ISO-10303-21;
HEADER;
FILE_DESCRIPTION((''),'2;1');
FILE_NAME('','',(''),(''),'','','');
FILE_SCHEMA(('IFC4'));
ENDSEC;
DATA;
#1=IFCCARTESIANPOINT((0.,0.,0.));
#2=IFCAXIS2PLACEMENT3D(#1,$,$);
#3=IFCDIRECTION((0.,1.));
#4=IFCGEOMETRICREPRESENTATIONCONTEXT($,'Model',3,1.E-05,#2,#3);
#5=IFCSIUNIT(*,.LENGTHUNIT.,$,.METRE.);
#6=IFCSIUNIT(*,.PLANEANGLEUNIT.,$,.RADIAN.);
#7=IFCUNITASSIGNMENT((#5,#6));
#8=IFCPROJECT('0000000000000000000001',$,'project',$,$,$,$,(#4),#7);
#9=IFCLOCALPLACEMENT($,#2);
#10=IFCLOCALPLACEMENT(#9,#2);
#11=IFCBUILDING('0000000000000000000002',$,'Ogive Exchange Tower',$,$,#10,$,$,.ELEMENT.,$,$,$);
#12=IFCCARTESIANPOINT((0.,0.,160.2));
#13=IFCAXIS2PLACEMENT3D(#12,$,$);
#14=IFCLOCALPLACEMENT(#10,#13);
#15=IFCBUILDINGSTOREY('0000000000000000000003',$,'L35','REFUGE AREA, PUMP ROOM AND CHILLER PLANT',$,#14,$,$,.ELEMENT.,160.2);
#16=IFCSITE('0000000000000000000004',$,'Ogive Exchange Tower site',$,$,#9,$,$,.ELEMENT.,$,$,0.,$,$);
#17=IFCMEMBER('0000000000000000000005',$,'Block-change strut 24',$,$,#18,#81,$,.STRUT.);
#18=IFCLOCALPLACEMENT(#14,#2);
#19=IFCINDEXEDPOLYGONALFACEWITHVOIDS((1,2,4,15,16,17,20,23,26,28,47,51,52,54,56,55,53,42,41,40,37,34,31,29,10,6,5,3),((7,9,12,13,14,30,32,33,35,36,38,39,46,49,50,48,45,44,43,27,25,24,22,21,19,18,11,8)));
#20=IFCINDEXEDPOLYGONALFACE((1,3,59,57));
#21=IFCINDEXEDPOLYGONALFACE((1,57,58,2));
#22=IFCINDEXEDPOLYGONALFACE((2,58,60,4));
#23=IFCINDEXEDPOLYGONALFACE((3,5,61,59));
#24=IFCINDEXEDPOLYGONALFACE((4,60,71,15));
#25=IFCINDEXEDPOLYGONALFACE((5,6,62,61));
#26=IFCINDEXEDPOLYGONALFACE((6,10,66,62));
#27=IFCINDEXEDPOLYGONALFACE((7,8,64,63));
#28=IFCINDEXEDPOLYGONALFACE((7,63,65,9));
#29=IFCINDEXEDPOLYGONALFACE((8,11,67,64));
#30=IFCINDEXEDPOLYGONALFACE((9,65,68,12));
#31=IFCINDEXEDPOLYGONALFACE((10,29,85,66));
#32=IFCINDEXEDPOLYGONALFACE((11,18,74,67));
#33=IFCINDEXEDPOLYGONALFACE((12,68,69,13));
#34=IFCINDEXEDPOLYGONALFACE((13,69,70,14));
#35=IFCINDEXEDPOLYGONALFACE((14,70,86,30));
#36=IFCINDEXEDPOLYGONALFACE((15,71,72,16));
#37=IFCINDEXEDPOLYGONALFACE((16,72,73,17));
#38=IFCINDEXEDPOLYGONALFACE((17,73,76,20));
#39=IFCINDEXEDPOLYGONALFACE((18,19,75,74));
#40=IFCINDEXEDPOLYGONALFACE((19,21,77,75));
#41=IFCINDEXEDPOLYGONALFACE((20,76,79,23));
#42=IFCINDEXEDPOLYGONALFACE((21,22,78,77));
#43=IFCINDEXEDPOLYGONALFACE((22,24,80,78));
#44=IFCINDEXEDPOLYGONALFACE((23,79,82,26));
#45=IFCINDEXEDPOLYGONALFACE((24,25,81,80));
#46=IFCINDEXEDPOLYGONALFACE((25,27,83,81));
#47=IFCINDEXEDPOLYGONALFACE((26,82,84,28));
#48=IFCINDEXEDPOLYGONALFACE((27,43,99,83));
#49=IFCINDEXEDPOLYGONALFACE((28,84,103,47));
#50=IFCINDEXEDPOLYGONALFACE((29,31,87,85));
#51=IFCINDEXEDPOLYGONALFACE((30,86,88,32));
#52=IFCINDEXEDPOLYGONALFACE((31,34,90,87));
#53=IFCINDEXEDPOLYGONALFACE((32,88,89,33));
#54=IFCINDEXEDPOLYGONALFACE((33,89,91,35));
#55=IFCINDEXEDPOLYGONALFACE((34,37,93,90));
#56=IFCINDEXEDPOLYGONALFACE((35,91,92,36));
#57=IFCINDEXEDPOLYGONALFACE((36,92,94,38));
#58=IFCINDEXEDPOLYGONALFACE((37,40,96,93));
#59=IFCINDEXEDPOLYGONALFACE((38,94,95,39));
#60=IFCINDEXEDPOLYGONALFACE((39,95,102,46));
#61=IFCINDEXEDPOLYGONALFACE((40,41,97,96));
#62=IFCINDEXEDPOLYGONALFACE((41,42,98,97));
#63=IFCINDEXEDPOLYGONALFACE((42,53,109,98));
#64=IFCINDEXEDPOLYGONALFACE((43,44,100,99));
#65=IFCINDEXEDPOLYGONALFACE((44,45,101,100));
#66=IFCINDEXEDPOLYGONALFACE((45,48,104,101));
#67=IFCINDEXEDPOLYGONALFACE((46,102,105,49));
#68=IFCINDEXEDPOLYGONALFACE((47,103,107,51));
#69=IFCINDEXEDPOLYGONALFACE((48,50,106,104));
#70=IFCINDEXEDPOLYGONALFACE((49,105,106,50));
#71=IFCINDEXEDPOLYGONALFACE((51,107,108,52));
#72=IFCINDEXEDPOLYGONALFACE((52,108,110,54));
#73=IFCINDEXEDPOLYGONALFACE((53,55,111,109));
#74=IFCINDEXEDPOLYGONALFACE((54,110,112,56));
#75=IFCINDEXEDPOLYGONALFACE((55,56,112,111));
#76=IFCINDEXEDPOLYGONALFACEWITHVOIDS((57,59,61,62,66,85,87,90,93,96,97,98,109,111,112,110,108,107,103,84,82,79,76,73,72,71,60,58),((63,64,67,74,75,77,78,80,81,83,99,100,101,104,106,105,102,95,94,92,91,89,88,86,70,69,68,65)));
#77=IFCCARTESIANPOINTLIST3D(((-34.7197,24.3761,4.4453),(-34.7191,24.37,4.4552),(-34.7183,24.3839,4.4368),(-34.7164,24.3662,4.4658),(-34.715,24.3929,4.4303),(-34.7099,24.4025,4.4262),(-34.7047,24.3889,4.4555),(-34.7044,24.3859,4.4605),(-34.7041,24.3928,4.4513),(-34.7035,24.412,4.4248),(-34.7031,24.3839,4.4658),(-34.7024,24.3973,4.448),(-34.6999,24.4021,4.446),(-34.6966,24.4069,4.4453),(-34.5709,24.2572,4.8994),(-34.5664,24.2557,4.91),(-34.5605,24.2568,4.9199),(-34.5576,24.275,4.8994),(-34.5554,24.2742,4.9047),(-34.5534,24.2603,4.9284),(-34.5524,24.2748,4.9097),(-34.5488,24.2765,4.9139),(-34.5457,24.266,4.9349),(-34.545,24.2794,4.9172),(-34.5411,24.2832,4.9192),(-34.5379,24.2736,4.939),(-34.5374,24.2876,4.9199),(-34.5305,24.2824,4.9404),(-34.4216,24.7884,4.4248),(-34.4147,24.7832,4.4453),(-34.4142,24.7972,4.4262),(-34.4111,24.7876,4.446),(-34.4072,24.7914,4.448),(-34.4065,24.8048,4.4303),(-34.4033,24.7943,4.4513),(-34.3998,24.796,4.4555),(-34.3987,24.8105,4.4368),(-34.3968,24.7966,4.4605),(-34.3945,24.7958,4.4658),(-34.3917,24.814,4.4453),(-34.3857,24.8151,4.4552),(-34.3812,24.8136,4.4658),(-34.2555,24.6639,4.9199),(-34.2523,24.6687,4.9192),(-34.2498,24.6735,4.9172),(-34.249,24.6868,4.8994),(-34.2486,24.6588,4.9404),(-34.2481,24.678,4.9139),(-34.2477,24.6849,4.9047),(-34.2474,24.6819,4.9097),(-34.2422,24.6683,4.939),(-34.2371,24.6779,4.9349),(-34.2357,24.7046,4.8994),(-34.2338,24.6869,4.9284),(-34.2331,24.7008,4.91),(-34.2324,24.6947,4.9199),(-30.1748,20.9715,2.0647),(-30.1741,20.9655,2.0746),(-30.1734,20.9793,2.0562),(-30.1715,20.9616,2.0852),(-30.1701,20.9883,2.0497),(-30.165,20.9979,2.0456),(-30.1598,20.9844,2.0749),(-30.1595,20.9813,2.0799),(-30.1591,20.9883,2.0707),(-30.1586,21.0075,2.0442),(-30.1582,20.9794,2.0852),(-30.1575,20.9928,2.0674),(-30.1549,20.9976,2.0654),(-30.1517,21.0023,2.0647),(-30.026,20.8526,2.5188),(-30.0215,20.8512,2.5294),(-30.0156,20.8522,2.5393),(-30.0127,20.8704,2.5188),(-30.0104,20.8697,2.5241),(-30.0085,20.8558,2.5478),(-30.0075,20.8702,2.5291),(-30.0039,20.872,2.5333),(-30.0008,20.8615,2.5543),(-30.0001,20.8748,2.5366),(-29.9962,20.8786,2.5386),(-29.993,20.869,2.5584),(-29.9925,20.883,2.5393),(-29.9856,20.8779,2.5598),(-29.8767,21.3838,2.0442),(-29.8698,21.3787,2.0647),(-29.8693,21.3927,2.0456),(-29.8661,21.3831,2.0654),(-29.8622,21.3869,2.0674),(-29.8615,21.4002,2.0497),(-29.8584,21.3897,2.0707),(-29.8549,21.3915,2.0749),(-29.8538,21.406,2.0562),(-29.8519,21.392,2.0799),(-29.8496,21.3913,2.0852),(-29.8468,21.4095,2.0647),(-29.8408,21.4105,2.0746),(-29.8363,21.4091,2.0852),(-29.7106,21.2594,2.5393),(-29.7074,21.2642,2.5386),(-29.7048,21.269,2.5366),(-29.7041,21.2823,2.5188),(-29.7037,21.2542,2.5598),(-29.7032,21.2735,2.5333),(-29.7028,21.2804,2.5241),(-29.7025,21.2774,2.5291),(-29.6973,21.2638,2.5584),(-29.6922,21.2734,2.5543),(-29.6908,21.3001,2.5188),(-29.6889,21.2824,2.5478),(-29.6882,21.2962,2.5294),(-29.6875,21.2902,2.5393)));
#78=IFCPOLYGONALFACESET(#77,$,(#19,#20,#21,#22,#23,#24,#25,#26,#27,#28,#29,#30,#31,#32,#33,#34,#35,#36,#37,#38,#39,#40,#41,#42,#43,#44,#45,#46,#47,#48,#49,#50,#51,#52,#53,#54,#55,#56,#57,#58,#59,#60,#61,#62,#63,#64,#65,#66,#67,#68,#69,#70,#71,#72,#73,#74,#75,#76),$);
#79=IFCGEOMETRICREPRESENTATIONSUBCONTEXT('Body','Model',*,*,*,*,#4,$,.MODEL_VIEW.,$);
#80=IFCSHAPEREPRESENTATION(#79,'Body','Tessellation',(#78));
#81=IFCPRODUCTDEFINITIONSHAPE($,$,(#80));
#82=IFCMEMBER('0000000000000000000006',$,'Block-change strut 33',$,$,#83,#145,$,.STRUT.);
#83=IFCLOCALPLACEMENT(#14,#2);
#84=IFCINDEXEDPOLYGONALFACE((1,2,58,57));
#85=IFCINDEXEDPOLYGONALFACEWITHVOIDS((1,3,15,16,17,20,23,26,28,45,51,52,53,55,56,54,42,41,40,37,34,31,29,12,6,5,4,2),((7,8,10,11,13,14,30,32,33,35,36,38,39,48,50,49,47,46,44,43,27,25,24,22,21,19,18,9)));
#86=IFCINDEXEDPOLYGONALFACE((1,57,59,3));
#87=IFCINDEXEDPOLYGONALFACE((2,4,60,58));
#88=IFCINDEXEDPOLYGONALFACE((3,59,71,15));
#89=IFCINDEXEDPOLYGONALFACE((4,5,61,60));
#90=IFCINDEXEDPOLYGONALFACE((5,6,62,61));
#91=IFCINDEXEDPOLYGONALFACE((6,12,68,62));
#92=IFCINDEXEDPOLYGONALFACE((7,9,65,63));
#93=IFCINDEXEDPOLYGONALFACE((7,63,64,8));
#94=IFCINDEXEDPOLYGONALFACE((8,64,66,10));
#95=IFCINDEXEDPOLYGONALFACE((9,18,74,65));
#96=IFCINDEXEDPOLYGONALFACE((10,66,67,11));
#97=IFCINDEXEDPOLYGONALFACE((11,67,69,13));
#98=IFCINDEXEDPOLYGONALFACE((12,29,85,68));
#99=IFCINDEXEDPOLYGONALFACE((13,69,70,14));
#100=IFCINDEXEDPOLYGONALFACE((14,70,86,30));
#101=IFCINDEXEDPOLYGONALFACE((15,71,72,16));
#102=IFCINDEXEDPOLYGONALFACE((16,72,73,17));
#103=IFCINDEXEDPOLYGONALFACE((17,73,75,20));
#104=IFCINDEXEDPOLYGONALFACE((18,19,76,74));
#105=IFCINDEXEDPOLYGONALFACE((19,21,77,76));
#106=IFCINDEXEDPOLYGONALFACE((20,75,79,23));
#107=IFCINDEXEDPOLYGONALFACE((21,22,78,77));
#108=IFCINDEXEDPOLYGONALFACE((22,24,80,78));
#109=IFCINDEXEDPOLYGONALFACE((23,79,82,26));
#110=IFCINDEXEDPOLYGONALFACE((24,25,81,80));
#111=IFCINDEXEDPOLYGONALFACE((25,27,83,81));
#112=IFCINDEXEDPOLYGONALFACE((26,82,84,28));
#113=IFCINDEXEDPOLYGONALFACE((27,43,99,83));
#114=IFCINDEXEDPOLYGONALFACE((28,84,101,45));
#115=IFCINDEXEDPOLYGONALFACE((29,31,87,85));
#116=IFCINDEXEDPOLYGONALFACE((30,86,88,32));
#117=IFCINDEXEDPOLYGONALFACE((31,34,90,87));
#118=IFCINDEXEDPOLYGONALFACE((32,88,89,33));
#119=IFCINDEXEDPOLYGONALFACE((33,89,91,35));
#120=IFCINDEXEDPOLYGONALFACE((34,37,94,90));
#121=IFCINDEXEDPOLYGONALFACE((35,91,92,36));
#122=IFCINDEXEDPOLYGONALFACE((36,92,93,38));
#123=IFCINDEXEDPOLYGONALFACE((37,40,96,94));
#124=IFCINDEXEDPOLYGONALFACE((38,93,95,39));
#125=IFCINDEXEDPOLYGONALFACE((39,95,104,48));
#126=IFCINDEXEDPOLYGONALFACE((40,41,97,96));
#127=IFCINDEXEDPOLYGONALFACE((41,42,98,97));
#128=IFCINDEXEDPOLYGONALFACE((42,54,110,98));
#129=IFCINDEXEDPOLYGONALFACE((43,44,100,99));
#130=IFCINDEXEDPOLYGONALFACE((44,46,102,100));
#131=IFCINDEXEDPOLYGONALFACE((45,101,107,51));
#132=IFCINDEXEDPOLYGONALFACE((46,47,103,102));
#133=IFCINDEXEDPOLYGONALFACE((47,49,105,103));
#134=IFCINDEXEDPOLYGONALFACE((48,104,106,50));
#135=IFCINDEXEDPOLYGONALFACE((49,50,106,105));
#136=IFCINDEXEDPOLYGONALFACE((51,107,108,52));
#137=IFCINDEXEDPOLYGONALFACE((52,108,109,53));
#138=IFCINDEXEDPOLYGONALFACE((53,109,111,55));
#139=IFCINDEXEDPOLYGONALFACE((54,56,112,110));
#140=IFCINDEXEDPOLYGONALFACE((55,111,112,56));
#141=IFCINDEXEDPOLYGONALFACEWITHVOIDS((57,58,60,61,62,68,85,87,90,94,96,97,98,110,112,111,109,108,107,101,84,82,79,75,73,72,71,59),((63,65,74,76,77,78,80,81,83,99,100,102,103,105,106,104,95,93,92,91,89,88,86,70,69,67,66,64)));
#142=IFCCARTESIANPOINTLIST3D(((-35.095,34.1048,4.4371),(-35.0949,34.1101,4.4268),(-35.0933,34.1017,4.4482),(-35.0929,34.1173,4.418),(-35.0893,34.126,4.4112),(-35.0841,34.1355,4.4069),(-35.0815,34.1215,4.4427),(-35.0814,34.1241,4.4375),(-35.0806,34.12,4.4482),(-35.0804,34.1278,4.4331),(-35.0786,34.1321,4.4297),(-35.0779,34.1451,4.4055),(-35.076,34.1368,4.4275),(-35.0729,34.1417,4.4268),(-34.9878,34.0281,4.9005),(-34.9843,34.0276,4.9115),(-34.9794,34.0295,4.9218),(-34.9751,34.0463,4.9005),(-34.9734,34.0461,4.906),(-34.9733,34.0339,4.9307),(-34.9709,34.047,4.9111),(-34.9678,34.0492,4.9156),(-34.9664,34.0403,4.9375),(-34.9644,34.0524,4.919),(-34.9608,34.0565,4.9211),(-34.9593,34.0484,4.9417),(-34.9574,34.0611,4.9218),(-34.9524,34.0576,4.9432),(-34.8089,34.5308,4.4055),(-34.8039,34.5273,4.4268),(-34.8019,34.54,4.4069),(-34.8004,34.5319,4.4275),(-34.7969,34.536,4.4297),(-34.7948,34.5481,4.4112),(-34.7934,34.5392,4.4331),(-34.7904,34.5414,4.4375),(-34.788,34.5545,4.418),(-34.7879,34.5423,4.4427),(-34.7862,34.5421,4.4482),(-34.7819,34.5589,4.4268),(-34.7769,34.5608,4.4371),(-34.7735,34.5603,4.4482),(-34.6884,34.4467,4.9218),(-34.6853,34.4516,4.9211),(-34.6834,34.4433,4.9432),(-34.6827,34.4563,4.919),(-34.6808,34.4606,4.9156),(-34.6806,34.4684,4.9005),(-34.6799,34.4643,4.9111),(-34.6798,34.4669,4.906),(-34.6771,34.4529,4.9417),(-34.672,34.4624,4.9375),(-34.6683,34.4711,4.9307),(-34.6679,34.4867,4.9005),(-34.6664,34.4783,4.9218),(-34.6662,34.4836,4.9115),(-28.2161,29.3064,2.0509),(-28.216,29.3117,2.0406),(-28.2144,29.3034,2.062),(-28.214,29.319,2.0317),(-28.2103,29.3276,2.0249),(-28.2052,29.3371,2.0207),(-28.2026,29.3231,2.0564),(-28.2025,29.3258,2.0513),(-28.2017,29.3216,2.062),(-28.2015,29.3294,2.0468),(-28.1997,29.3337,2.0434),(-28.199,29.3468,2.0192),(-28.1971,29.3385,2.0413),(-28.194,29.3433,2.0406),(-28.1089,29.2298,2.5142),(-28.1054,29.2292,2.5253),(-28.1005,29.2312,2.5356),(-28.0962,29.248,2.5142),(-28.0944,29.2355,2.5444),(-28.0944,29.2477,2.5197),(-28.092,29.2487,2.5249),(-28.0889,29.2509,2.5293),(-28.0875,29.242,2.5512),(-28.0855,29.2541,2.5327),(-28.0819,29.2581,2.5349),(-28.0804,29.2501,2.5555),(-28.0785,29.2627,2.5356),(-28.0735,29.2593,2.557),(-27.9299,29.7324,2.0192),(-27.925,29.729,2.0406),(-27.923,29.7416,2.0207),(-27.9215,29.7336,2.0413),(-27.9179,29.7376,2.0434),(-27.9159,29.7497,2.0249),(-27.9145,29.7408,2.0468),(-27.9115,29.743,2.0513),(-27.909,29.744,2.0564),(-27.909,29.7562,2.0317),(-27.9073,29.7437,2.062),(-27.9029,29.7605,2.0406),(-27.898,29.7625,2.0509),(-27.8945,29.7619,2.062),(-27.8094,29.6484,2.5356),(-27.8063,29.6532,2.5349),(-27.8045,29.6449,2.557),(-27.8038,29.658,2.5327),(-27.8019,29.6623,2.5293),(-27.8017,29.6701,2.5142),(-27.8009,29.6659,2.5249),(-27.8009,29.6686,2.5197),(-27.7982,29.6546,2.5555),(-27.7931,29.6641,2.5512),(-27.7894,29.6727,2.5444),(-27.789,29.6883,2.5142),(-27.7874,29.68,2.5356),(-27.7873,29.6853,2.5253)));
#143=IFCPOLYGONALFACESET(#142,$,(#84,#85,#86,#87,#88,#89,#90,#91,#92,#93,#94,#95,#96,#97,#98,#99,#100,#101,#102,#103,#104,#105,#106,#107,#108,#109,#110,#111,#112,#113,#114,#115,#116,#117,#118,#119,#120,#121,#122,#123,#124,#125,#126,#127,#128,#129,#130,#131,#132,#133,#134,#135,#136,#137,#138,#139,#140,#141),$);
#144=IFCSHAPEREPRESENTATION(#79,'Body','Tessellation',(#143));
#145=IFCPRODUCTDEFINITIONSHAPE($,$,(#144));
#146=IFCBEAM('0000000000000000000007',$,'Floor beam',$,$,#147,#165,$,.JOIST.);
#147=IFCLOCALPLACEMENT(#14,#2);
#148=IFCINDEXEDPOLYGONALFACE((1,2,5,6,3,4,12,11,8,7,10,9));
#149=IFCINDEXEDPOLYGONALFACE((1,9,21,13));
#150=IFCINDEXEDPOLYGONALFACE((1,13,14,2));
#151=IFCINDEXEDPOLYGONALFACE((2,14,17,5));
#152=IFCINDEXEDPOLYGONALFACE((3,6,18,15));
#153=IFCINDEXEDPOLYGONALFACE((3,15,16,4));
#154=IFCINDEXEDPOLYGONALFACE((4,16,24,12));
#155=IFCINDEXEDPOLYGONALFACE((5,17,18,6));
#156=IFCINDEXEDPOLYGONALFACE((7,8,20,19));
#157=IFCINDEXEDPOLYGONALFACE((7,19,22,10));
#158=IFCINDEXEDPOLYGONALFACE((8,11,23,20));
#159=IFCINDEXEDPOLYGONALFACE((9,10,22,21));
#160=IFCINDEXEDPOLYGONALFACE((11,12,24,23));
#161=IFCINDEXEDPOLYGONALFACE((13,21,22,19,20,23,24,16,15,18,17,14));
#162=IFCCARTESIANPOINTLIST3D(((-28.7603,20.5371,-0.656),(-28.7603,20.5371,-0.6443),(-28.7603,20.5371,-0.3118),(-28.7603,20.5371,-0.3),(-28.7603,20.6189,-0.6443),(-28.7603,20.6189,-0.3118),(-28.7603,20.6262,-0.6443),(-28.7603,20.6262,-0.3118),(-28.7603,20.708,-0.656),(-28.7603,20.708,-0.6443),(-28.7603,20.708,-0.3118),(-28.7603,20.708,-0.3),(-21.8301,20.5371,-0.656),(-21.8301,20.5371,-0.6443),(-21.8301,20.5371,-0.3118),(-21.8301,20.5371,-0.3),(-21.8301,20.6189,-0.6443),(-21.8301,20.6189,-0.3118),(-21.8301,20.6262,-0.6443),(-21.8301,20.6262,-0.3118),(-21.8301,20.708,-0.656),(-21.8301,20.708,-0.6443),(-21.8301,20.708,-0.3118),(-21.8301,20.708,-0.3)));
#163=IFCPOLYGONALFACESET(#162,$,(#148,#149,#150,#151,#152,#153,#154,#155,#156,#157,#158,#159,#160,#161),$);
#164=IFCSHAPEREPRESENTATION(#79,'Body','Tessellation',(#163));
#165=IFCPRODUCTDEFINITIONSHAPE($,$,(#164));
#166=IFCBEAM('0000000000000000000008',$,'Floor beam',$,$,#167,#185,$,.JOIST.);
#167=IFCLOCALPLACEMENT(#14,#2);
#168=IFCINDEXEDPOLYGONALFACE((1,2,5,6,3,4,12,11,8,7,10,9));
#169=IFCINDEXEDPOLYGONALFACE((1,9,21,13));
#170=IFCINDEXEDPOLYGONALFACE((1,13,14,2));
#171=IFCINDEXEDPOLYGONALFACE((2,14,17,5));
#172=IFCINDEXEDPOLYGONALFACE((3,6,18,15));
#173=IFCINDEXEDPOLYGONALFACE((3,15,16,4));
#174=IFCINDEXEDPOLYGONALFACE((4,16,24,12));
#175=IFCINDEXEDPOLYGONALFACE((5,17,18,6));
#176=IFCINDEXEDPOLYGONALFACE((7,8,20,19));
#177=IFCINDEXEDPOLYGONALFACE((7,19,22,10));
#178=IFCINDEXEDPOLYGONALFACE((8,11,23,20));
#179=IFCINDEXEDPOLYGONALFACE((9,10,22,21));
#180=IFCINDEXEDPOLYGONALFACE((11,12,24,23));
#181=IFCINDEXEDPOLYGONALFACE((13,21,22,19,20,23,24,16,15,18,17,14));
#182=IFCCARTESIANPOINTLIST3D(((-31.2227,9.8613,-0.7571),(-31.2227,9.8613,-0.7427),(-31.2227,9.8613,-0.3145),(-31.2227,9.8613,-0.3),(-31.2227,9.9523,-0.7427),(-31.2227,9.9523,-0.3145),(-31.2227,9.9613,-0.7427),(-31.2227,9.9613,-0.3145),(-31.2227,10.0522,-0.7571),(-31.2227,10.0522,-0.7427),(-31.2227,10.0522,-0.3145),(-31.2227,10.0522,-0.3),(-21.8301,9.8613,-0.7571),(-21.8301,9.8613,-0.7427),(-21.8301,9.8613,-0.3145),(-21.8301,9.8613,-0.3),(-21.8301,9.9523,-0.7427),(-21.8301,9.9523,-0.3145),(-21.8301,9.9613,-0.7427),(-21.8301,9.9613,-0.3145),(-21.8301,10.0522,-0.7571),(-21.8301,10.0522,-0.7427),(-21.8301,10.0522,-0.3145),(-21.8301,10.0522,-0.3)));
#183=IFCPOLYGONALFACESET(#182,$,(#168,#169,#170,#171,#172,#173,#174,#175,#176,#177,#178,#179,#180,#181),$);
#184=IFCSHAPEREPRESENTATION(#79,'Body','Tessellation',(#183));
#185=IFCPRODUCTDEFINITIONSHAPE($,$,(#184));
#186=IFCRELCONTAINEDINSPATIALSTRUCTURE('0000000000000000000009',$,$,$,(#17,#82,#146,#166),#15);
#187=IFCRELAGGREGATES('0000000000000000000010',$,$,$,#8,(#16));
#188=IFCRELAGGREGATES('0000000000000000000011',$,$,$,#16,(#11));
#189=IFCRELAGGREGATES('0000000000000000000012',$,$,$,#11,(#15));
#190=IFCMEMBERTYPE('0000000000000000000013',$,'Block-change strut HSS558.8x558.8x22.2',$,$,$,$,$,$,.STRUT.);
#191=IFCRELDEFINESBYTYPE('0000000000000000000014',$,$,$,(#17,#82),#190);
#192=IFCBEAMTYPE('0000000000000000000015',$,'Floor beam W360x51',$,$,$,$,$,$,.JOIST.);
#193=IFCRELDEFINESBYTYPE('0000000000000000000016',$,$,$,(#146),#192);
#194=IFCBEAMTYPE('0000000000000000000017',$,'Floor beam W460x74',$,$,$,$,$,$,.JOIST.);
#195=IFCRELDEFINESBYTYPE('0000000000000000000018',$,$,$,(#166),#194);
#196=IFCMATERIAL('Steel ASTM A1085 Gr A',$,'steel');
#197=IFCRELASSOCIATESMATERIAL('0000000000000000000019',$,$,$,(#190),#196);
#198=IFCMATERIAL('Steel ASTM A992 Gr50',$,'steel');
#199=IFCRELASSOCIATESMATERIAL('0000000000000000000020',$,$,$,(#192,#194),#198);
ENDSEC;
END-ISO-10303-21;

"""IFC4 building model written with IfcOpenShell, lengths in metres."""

from ifc_helpers import new_model, si_unit, direction, frame, origin, origin_2d, place, context, subcontext, project, spatial, hollow_rectangle, i_section, extrude, material, material_profile, profile_set, type_object, element, save


model = new_model("IFC4")

# Units and contexts
model_context = context("Model", 3, precision=1e-05, world=origin(), true_north=direction((0.0, 1.0)))
body_context = subcontext(model_context, "Body", "Model", "MODEL_VIEW")
ifc_project = project(units=[si_unit("LENGTHUNIT", "METRE"), si_unit("PLANEANGLEUNIT", "RADIAN")], contexts=[model_context])

# Site, building, storey
site_placement = place(None, origin())
site = spatial("IfcSite", under=ifc_project, at=site_placement, Name="Ogive Exchange Tower site", CompositionType="ELEMENT", RefElevation=0.0)
building_placement = place(site_placement, origin())
building = spatial("IfcBuilding", under=site, at=building_placement, Name="Ogive Exchange Tower", CompositionType="ELEMENT")
storey_placement = place(building_placement, frame((0.0, 0.0, 160.2)))
storey = spatial("IfcBuildingStorey", under=building, at=storey_placement, Name="L35", Description="REFUGE AREA, PUMP ROOM AND CHILLER PLANT", CompositionType="ELEMENT", Elevation=160.2)

# Shared definitions
ifc_material_1 = material(Name="Steel ASTM A992 Gr50", Category="steel")

# Shared definitions
ifc_material_2 = material(Name="Steel ASTM A1085 Gr A", Category="steel")

# Members
ifc_material_profile_1 = material_profile(ifc_material_2, hollow_rectangle(XDim=0.5591, YDim=0.5591, WallThickness=0.0222, InnerFilletRadius=0.0222, OuterFilletRadius=0.0444, at=origin_2d()), Name="HSS558.8x558.8x22.2")
ifc_profile_set_1 = profile_set([ifc_material_profile_1], Name="Steel ASTM A1085 Gr A")
member_type_1 = type_object("IfcMemberType", Name="Block-change strut HSS558.8x558.8x22.2", PredefinedType="STRUT", material=ifc_profile_set_1)
member_1_placement = place(storey_placement, frame((-29.9312, 21.1309, 2.302), z_axis=(-0.738114, 0.552912, 0.386622), x_axis=(-0.599532, -0.800351, 0.0)))
element("IfcMember", 1, at=member_1_placement, inside=storey, type_object=member_type_1, Name="Block-change strut 24", PredefinedType="STRUT", context=body_context, shape_type="SweptSolid", body=[
    extrude(hollow_rectangle(XDim=0.5591, YDim=0.5591, WallThickness=0.0222, InnerFilletRadius=0.0222, OuterFilletRadius=0.0444, at=origin_2d()), origin(), (0.0, 0.0, 1.0), 6.1575),
])
member_2_placement = place(storey_placement, frame((-28.0017, 29.4958, 2.2881), z_axis=(-0.78887, 0.550272, 0.273652), x_axis=(-0.57211, -0.820177, 0.0)))
element("IfcMember", 2, at=member_2_placement, inside=storey, type_object=member_type_1, Name="Block-change strut 33", PredefinedType="STRUT", context=body_context, shape_type="SweptSolid", body=[
    extrude(hollow_rectangle(XDim=0.5591, YDim=0.5591, WallThickness=0.0222, InnerFilletRadius=0.0222, OuterFilletRadius=0.0444, at=origin_2d()), origin(), (0.0, 0.0, 1.0), 8.72),
])

# Beams
ifc_material_profile_2 = material_profile(ifc_material_1, i_section(OverallWidth=0.1709, OverallDepth=0.356, WebThickness=0.0073, FlangeThickness=0.0117, at=origin_2d()), Name="W360x51")
ifc_profile_set_2 = profile_set([ifc_material_profile_2], Name="Steel ASTM A992 Gr50")
beam_type_1 = type_object("IfcBeamType", Name="Floor beam W360x51", PredefinedType="JOIST", material=ifc_profile_set_2)
beam_1_placement = place(storey_placement, frame((-28.7603, 20.6226, -0.478), z_axis=(1.0, 0.0, 0.0), x_axis=(0.0, 1.0, 0.0)))
element("IfcBeam", 3, at=beam_1_placement, inside=storey, type_object=beam_type_1, Name="Floor beam", PredefinedType="JOIST", context=body_context, shape_type="SweptSolid", body=[
    extrude(i_section(OverallWidth=0.1709, OverallDepth=0.356, WebThickness=0.0073, FlangeThickness=0.0117, at=origin_2d()), origin(), (0.0, 0.0, 1.0), 6.9302),
])
ifc_material_profile_3 = material_profile(ifc_material_1, i_section(OverallWidth=0.1909, OverallDepth=0.457, WebThickness=0.009, FlangeThickness=0.0144, at=origin_2d()), Name="W460x74")
ifc_profile_set_3 = profile_set([ifc_material_profile_3], Name="Steel ASTM A992 Gr50")
beam_type_2 = type_object("IfcBeamType", Name="Floor beam W460x74", PredefinedType="JOIST", material=ifc_profile_set_3)
beam_2_placement = place(storey_placement, frame((-31.2227, 9.9568, -0.5286), z_axis=(1.0, 0.0, 0.0), x_axis=(0.0, 1.0, 0.0)))
element("IfcBeam", 4, at=beam_2_placement, inside=storey, type_object=beam_type_2, Name="Floor beam", PredefinedType="JOIST", context=body_context, shape_type="SweptSolid", body=[
    extrude(i_section(OverallWidth=0.1909, OverallDepth=0.457, WebThickness=0.009, FlangeThickness=0.0144, at=origin_2d()), origin(), (0.0, 0.0, 1.0), 9.3926),
])

save(model, "model.ifc")
